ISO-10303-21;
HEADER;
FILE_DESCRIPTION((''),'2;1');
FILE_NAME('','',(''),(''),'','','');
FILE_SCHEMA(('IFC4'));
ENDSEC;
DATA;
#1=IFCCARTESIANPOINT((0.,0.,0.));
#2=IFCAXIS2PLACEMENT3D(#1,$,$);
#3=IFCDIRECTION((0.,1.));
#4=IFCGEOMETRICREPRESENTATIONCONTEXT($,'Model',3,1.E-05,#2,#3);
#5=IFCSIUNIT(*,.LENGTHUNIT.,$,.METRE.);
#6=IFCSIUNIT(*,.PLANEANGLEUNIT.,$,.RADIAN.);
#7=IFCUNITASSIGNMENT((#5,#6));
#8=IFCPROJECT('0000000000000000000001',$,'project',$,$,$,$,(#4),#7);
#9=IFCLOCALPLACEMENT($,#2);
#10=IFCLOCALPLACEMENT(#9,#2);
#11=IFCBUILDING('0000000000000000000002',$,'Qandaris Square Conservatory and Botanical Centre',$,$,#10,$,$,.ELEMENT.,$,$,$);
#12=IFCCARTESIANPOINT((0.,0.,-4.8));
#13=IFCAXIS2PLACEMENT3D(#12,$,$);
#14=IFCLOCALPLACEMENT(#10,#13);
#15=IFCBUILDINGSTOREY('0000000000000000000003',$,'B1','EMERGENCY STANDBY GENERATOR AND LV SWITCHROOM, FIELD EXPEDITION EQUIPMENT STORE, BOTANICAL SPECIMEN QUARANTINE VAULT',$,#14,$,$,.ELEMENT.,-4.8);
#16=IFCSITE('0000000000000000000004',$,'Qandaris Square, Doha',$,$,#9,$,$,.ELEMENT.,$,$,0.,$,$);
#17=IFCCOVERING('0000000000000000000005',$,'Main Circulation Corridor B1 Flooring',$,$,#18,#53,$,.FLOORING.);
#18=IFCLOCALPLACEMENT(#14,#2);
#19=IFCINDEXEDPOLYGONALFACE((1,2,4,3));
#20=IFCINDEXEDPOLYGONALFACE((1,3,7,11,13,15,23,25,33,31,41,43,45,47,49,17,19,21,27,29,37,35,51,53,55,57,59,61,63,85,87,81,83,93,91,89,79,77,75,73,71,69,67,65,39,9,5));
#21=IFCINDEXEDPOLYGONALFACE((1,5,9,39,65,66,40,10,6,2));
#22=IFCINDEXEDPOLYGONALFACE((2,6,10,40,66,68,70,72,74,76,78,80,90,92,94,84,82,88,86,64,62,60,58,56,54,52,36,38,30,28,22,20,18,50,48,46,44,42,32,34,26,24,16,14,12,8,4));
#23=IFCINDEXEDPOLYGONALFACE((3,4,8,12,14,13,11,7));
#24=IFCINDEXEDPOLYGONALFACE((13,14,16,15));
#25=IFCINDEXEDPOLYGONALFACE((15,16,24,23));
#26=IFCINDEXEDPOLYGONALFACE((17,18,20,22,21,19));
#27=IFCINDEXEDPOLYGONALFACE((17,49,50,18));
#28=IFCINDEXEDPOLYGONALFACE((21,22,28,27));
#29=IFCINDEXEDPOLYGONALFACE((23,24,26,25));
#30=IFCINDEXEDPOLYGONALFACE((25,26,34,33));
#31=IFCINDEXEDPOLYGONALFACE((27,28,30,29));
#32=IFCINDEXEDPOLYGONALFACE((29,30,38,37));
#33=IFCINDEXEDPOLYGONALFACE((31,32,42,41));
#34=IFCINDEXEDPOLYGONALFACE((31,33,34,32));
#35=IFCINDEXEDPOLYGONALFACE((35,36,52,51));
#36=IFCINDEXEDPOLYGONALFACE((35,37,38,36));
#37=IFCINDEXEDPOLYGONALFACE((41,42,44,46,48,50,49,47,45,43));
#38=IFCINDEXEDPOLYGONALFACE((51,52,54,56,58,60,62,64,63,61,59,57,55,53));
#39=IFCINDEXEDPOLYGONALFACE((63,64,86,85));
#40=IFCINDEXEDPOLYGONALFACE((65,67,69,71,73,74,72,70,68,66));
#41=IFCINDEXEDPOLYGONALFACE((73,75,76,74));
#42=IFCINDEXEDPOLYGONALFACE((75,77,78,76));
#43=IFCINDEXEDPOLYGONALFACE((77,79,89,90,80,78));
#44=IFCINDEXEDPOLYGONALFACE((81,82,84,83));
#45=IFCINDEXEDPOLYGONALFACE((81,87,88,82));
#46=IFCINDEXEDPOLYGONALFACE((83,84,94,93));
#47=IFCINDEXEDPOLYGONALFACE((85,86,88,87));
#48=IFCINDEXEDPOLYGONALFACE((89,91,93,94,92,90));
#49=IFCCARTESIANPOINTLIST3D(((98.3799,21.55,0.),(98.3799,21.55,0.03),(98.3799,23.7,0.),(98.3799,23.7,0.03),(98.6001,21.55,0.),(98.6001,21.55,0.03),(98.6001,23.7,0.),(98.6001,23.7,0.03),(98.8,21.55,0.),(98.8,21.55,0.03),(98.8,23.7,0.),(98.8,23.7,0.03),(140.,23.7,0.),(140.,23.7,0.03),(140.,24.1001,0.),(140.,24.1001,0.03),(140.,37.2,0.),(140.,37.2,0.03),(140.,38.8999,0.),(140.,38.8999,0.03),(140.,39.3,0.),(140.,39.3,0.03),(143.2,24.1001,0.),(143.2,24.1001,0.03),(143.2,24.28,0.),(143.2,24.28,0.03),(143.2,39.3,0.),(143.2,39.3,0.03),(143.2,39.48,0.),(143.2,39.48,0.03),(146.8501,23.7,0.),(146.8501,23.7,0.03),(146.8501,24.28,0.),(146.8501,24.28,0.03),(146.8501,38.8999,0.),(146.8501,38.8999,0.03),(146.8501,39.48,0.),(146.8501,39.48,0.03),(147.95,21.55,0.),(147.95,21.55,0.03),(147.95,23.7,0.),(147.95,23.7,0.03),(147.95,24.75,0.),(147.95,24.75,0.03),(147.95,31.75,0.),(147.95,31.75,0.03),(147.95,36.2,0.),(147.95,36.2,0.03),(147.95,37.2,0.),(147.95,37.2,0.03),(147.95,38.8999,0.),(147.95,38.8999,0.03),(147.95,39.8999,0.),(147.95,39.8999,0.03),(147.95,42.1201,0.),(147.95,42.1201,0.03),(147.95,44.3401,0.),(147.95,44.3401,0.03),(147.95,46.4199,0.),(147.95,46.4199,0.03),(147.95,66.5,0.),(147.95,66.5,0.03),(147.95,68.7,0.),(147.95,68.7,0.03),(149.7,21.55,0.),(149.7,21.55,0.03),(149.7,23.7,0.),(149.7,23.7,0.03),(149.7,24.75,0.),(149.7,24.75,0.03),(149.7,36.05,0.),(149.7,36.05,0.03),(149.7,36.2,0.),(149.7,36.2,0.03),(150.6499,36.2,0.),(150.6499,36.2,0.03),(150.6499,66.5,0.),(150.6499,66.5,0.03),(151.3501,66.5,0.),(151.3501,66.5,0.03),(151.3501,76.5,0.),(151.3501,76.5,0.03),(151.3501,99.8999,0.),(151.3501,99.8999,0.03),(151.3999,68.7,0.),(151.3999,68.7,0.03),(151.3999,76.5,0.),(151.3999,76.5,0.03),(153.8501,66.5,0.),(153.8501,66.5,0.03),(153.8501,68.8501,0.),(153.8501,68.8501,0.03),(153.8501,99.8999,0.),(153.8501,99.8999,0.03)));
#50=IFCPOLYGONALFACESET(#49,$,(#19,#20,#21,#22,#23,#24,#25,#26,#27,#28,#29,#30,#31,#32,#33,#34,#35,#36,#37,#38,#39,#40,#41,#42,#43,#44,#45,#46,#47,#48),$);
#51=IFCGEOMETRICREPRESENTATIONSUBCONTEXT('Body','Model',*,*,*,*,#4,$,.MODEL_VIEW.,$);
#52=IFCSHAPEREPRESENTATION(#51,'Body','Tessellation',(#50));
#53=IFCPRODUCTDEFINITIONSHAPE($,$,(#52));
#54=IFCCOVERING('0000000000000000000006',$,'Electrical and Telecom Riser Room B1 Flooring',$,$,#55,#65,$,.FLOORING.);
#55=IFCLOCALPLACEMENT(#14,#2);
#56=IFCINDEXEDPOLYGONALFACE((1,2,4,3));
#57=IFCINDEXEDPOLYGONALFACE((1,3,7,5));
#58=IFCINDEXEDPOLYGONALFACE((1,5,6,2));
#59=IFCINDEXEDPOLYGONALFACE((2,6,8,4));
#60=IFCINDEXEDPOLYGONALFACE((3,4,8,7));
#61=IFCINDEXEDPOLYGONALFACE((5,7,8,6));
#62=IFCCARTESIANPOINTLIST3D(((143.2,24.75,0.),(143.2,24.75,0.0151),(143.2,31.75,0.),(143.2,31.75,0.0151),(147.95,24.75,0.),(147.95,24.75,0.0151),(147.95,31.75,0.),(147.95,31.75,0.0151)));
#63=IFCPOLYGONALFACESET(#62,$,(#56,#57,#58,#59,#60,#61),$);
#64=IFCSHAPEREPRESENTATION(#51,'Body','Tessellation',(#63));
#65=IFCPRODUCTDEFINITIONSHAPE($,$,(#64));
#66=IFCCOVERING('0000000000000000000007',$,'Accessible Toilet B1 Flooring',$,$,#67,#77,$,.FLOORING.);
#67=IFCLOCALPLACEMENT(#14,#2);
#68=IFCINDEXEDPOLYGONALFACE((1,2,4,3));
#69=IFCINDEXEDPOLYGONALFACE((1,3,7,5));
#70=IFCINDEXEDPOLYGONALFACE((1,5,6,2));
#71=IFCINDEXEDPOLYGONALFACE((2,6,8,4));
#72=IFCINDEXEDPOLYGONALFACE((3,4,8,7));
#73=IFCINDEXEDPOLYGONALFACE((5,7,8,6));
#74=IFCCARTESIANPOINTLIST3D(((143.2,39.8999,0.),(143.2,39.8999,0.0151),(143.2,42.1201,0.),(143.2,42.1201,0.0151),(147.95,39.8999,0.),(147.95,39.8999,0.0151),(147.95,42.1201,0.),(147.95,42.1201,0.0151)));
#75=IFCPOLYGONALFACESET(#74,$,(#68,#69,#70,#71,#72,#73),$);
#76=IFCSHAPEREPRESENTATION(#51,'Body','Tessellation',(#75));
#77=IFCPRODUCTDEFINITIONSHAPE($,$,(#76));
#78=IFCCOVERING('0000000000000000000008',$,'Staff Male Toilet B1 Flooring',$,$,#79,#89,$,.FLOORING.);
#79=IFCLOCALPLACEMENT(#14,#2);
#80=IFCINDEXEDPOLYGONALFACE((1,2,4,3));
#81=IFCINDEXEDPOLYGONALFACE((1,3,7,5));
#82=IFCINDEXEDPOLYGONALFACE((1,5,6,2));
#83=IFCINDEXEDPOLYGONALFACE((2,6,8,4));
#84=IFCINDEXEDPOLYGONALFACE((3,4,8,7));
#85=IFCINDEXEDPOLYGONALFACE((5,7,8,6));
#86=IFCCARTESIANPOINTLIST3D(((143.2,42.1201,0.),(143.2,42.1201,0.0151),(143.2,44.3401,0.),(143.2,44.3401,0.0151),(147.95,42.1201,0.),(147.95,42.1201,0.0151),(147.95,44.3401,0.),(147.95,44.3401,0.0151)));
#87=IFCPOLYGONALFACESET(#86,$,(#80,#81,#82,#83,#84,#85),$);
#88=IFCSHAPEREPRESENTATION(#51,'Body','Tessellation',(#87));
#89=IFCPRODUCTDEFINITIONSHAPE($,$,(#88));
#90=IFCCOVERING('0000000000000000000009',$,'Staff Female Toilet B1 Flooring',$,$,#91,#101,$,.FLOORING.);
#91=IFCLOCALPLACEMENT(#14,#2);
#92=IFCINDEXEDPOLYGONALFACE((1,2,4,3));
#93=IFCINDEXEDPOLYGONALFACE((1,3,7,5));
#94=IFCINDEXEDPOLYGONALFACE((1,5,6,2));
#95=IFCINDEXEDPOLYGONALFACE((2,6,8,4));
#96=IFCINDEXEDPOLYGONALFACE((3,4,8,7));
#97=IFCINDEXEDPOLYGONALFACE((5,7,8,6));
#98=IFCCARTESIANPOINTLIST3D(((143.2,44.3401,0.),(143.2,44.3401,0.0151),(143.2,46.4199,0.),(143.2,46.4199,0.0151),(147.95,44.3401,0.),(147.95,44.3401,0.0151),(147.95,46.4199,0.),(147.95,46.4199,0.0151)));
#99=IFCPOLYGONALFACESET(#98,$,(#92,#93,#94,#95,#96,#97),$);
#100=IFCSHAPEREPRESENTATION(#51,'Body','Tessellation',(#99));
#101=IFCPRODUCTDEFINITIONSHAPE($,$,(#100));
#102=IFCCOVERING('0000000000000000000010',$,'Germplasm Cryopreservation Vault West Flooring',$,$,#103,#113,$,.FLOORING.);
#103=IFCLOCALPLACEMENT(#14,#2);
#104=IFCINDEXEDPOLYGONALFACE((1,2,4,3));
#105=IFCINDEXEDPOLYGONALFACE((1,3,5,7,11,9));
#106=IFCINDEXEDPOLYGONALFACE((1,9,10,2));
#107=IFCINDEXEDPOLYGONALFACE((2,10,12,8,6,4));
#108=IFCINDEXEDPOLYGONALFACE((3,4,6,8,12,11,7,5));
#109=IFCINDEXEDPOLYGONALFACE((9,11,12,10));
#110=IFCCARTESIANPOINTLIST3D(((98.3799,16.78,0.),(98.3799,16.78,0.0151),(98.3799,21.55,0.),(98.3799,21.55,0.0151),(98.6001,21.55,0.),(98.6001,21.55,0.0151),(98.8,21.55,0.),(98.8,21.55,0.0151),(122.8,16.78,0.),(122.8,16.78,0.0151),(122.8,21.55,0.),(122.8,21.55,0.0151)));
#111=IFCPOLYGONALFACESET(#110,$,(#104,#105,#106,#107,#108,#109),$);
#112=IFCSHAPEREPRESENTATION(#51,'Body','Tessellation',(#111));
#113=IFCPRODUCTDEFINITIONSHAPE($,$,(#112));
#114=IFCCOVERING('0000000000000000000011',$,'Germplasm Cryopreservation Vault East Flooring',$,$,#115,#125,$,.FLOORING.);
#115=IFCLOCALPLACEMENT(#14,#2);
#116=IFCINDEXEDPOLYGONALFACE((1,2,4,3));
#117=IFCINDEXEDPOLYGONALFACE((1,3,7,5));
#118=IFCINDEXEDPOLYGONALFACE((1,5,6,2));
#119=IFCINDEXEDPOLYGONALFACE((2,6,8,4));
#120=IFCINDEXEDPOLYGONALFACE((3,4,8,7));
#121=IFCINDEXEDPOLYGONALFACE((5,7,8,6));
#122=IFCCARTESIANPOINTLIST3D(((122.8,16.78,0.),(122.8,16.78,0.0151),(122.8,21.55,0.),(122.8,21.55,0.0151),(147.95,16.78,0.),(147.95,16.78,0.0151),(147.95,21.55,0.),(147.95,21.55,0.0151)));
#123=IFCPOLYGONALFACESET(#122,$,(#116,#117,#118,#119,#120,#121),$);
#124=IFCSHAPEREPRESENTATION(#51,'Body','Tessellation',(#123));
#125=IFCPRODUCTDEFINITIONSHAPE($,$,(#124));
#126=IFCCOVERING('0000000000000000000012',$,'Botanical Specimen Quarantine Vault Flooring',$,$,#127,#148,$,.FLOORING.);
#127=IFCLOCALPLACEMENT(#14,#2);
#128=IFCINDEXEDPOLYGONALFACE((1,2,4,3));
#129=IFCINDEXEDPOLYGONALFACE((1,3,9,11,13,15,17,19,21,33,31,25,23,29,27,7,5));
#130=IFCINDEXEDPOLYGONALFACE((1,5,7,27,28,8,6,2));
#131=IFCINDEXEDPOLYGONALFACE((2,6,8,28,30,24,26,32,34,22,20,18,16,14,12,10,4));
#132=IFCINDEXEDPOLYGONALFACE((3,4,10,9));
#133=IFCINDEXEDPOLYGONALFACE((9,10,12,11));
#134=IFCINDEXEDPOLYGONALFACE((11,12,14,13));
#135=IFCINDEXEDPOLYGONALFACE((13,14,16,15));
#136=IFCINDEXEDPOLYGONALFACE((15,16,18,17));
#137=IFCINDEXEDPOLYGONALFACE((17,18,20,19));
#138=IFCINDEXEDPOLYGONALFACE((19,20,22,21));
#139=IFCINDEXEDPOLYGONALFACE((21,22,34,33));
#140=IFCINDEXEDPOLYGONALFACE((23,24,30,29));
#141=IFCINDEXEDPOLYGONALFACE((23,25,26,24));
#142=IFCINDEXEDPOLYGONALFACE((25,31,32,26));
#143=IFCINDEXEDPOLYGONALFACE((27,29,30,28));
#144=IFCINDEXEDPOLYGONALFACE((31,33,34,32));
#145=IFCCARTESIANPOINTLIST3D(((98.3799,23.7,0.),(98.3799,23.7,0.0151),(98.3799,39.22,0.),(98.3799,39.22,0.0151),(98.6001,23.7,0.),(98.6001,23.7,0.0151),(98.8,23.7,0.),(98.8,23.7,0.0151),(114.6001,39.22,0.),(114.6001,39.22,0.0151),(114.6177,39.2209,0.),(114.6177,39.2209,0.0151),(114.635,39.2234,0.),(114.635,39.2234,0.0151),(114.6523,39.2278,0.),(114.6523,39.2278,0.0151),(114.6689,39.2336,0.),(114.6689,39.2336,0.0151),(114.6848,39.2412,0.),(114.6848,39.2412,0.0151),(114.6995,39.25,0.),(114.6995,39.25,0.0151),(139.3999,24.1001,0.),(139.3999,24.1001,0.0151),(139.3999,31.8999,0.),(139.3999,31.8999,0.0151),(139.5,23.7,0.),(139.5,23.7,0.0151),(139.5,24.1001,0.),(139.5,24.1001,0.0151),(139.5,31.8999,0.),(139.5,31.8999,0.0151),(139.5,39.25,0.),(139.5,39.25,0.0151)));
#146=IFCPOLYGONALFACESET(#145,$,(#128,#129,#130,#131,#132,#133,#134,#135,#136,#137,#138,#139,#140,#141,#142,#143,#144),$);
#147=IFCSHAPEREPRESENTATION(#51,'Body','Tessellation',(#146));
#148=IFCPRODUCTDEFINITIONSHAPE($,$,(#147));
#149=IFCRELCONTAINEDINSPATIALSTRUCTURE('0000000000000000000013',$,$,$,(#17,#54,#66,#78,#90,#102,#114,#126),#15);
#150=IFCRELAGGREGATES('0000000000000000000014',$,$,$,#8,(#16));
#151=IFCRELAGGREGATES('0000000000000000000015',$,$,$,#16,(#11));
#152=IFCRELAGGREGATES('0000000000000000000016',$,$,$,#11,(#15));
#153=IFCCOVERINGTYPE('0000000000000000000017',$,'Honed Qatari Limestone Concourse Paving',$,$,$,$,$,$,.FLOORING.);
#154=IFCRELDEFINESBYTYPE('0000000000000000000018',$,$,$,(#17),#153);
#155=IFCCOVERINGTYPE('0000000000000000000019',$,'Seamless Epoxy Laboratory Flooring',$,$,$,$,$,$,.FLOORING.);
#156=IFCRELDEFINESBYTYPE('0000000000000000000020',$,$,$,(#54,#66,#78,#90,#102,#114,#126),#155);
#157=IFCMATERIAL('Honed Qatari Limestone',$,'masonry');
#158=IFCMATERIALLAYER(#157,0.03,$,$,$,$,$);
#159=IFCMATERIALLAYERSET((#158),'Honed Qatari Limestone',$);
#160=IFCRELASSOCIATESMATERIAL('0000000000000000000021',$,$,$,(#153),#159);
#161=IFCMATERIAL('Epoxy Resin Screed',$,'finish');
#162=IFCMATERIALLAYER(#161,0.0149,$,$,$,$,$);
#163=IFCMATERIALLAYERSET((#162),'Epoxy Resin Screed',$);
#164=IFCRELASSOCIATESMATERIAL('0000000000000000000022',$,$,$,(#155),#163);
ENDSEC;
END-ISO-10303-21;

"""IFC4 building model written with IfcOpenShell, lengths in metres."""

from ifc_helpers import new_model, si_unit, direction, frame, origin, place, context, subcontext, project, spatial, polyline, outline, extrude, material, layer, layer_set, type_object, element, save


model = new_model("IFC4")

# Units and contexts
model_context = context("Model", 3, precision=1e-05, world=origin(), true_north=direction((0.0, 1.0)))
body_context = subcontext(model_context, "Body", "Model", "MODEL_VIEW")
ifc_project = project(units=[si_unit("LENGTHUNIT", "METRE"), si_unit("PLANEANGLEUNIT", "RADIAN")], contexts=[model_context])

# Site, building, storey
site_placement = place(None, origin())
site = spatial("IfcSite", under=ifc_project, at=site_placement, Name="Qandaris Square, Doha", CompositionType="ELEMENT", RefElevation=0.0)
building_placement = place(site_placement, origin())
building = spatial("IfcBuilding", under=site, at=building_placement, Name="Qandaris Square Conservatory and Botanical Centre", CompositionType="ELEMENT")
storey_placement = place(building_placement, frame((0.0, 0.0, -4.8)))
storey = spatial("IfcBuildingStorey", under=building, at=storey_placement, Name="B1", Description="EMERGENCY STANDBY GENERATOR AND LV SWITCHROOM, FIELD EXPEDITION EQUIPMENT STORE, BOTANICAL SPECIMEN QUARANTINE VAULT", CompositionType="ELEMENT", Elevation=-4.8)

# Coverings
ifc_material_1 = material(Name="Honed Qatari Limestone", Category="masonry")
ifc_layer_1 = layer(ifc_material_1, 0.03)
ifc_layer_set_1 = layer_set([ifc_layer_1], Name="Honed Qatari Limestone")
covering_type_1 = type_object("IfcCoveringType", Name="Honed Qatari Limestone Concourse Paving", PredefinedType="FLOORING", material=ifc_layer_set_1)
covering_1_placement = place(storey_placement, origin())
element("IfcCovering", 1, at=covering_1_placement, inside=storey, type_object=covering_type_1, Name="Main Circulation Corridor B1 Flooring", PredefinedType="FLOORING", context=body_context, shape_type="SweptSolid", body=[
    extrude(outline(polyline([(147.95, 24.75), (147.95, 31.75), (147.95, 36.2), (147.95, 37.2), (140.0, 37.2), (140.0, 38.8999), (140.0, 39.3), (143.2, 39.3), (143.2, 39.48), (146.8501, 39.48), (146.8501, 38.8999), (147.95, 38.8999), (147.95, 39.8999), (147.95, 42.1201), (147.95, 44.3401), (147.95, 46.4199), (147.95, 66.5), (147.95, 68.7), (151.3999, 68.7), (151.3999, 76.5), (151.3501, 76.5), (151.3501, 99.8999), (153.8501, 99.8999), (153.8501, 68.8501), (153.8501, 66.5), (151.3501, 66.5), (150.6499, 66.5), (150.6499, 36.2), (149.7, 36.2), (149.7, 36.05), (149.7, 24.75), (149.7, 23.7), (149.7, 21.55), (147.95, 21.55), (98.8, 21.55), (98.6001, 21.55), (98.3799, 21.55), (98.3799, 23.7), (98.6001, 23.7), (98.8, 23.7), (140.0, 23.7), (140.0, 24.1001), (143.2, 24.1001), (143.2, 24.28), (146.8501, 24.28), (146.8501, 23.7), (147.95, 23.7), (147.95, 24.75)])), origin(), (0.0, 0.0, 1.0), 0.03),
])
ifc_material_2 = material(Name="Epoxy Resin Screed", Category="finish")
ifc_layer_2 = layer(ifc_material_2, 0.0149)
ifc_layer_set_2 = layer_set([ifc_layer_2], Name="Epoxy Resin Screed")
covering_type_2 = type_object("IfcCoveringType", Name="Seamless Epoxy Laboratory Flooring", PredefinedType="FLOORING", material=ifc_layer_set_2)
covering_2_placement = place(storey_placement, origin())
element("IfcCovering", 2, at=covering_2_placement, inside=storey, type_object=covering_type_2, Name="Electrical and Telecom Riser Room B1 Flooring", PredefinedType="FLOORING", context=body_context, shape_type="SweptSolid", body=[
    extrude(outline(polyline([(147.95, 31.75), (147.95, 24.75), (143.2, 24.75), (143.2, 31.75), (147.95, 31.75)])), origin(), (0.0, 0.0, 1.0), 0.0151),
])
covering_3_placement = place(storey_placement, origin())
element("IfcCovering", 3, at=covering_3_placement, inside=storey, type_object=covering_type_2, Name="Accessible Toilet B1 Flooring", PredefinedType="FLOORING", context=body_context, shape_type="SweptSolid", body=[
    extrude(outline(polyline([(147.95, 42.1201), (147.95, 39.8999), (143.2, 39.8999), (143.2, 42.1201), (147.95, 42.1201)])), origin(), (0.0, 0.0, 1.0), 0.0151),
])
covering_4_placement = place(storey_placement, origin())
element("IfcCovering", 4, at=covering_4_placement, inside=storey, type_object=covering_type_2, Name="Staff Male Toilet B1 Flooring", PredefinedType="FLOORING", context=body_context, shape_type="SweptSolid", body=[
    extrude(outline(polyline([(147.95, 44.3401), (147.95, 42.1201), (143.2, 42.1201), (143.2, 44.3401), (147.95, 44.3401)])), origin(), (0.0, 0.0, 1.0), 0.0151),
])
covering_5_placement = place(storey_placement, origin())
element("IfcCovering", 5, at=covering_5_placement, inside=storey, type_object=covering_type_2, Name="Staff Female Toilet B1 Flooring", PredefinedType="FLOORING", context=body_context, shape_type="SweptSolid", body=[
    extrude(outline(polyline([(147.95, 46.4199), (147.95, 44.3401), (143.2, 44.3401), (143.2, 46.4199), (147.95, 46.4199)])), origin(), (0.0, 0.0, 1.0), 0.0151),
])
covering_6_placement = place(storey_placement, origin())
element("IfcCovering", 6, at=covering_6_placement, inside=storey, type_object=covering_type_2, Name="Germplasm Cryopreservation Vault West Flooring", PredefinedType="FLOORING", context=body_context, shape_type="SweptSolid", body=[
    extrude(outline(polyline([(122.8, 21.55), (122.8, 16.78), (98.3799, 16.78), (98.3799, 21.55), (98.6001, 21.55), (98.8, 21.55), (122.8, 21.55)])), origin(), (0.0, 0.0, 1.0), 0.0151),
])
covering_7_placement = place(storey_placement, origin())
element("IfcCovering", 7, at=covering_7_placement, inside=storey, type_object=covering_type_2, Name="Germplasm Cryopreservation Vault East Flooring", PredefinedType="FLOORING", context=body_context, shape_type="SweptSolid", body=[
    extrude(outline(polyline([(122.8, 16.78), (122.8, 21.55), (147.95, 21.55), (147.95, 16.78), (122.8, 16.78)])), origin(), (0.0, 0.0, 1.0), 0.0151),
])
covering_8_placement = place(storey_placement, origin())
element("IfcCovering", 8, at=covering_8_placement, inside=storey, type_object=covering_type_2, Name="Botanical Specimen Quarantine Vault Flooring", PredefinedType="FLOORING", context=body_context, shape_type="SweptSolid", body=[
    extrude(outline(polyline([(98.3799, 23.7), (98.3799, 39.22), (114.6001, 39.22), (114.6177, 39.2209), (114.635, 39.2234), (114.6523, 39.2278), (114.6689, 39.2336), (114.6848, 39.2412), (114.6995, 39.25), (139.5, 39.25), (139.5, 31.8999), (139.3999, 31.8999), (139.3999, 24.1001), (139.5, 24.1001), (139.5, 23.7), (98.8, 23.7), (98.6001, 23.7), (98.3799, 23.7)])), origin(), (0.0, 0.0, 1.0), 0.0151),
])

save(model, "model.ifc")
